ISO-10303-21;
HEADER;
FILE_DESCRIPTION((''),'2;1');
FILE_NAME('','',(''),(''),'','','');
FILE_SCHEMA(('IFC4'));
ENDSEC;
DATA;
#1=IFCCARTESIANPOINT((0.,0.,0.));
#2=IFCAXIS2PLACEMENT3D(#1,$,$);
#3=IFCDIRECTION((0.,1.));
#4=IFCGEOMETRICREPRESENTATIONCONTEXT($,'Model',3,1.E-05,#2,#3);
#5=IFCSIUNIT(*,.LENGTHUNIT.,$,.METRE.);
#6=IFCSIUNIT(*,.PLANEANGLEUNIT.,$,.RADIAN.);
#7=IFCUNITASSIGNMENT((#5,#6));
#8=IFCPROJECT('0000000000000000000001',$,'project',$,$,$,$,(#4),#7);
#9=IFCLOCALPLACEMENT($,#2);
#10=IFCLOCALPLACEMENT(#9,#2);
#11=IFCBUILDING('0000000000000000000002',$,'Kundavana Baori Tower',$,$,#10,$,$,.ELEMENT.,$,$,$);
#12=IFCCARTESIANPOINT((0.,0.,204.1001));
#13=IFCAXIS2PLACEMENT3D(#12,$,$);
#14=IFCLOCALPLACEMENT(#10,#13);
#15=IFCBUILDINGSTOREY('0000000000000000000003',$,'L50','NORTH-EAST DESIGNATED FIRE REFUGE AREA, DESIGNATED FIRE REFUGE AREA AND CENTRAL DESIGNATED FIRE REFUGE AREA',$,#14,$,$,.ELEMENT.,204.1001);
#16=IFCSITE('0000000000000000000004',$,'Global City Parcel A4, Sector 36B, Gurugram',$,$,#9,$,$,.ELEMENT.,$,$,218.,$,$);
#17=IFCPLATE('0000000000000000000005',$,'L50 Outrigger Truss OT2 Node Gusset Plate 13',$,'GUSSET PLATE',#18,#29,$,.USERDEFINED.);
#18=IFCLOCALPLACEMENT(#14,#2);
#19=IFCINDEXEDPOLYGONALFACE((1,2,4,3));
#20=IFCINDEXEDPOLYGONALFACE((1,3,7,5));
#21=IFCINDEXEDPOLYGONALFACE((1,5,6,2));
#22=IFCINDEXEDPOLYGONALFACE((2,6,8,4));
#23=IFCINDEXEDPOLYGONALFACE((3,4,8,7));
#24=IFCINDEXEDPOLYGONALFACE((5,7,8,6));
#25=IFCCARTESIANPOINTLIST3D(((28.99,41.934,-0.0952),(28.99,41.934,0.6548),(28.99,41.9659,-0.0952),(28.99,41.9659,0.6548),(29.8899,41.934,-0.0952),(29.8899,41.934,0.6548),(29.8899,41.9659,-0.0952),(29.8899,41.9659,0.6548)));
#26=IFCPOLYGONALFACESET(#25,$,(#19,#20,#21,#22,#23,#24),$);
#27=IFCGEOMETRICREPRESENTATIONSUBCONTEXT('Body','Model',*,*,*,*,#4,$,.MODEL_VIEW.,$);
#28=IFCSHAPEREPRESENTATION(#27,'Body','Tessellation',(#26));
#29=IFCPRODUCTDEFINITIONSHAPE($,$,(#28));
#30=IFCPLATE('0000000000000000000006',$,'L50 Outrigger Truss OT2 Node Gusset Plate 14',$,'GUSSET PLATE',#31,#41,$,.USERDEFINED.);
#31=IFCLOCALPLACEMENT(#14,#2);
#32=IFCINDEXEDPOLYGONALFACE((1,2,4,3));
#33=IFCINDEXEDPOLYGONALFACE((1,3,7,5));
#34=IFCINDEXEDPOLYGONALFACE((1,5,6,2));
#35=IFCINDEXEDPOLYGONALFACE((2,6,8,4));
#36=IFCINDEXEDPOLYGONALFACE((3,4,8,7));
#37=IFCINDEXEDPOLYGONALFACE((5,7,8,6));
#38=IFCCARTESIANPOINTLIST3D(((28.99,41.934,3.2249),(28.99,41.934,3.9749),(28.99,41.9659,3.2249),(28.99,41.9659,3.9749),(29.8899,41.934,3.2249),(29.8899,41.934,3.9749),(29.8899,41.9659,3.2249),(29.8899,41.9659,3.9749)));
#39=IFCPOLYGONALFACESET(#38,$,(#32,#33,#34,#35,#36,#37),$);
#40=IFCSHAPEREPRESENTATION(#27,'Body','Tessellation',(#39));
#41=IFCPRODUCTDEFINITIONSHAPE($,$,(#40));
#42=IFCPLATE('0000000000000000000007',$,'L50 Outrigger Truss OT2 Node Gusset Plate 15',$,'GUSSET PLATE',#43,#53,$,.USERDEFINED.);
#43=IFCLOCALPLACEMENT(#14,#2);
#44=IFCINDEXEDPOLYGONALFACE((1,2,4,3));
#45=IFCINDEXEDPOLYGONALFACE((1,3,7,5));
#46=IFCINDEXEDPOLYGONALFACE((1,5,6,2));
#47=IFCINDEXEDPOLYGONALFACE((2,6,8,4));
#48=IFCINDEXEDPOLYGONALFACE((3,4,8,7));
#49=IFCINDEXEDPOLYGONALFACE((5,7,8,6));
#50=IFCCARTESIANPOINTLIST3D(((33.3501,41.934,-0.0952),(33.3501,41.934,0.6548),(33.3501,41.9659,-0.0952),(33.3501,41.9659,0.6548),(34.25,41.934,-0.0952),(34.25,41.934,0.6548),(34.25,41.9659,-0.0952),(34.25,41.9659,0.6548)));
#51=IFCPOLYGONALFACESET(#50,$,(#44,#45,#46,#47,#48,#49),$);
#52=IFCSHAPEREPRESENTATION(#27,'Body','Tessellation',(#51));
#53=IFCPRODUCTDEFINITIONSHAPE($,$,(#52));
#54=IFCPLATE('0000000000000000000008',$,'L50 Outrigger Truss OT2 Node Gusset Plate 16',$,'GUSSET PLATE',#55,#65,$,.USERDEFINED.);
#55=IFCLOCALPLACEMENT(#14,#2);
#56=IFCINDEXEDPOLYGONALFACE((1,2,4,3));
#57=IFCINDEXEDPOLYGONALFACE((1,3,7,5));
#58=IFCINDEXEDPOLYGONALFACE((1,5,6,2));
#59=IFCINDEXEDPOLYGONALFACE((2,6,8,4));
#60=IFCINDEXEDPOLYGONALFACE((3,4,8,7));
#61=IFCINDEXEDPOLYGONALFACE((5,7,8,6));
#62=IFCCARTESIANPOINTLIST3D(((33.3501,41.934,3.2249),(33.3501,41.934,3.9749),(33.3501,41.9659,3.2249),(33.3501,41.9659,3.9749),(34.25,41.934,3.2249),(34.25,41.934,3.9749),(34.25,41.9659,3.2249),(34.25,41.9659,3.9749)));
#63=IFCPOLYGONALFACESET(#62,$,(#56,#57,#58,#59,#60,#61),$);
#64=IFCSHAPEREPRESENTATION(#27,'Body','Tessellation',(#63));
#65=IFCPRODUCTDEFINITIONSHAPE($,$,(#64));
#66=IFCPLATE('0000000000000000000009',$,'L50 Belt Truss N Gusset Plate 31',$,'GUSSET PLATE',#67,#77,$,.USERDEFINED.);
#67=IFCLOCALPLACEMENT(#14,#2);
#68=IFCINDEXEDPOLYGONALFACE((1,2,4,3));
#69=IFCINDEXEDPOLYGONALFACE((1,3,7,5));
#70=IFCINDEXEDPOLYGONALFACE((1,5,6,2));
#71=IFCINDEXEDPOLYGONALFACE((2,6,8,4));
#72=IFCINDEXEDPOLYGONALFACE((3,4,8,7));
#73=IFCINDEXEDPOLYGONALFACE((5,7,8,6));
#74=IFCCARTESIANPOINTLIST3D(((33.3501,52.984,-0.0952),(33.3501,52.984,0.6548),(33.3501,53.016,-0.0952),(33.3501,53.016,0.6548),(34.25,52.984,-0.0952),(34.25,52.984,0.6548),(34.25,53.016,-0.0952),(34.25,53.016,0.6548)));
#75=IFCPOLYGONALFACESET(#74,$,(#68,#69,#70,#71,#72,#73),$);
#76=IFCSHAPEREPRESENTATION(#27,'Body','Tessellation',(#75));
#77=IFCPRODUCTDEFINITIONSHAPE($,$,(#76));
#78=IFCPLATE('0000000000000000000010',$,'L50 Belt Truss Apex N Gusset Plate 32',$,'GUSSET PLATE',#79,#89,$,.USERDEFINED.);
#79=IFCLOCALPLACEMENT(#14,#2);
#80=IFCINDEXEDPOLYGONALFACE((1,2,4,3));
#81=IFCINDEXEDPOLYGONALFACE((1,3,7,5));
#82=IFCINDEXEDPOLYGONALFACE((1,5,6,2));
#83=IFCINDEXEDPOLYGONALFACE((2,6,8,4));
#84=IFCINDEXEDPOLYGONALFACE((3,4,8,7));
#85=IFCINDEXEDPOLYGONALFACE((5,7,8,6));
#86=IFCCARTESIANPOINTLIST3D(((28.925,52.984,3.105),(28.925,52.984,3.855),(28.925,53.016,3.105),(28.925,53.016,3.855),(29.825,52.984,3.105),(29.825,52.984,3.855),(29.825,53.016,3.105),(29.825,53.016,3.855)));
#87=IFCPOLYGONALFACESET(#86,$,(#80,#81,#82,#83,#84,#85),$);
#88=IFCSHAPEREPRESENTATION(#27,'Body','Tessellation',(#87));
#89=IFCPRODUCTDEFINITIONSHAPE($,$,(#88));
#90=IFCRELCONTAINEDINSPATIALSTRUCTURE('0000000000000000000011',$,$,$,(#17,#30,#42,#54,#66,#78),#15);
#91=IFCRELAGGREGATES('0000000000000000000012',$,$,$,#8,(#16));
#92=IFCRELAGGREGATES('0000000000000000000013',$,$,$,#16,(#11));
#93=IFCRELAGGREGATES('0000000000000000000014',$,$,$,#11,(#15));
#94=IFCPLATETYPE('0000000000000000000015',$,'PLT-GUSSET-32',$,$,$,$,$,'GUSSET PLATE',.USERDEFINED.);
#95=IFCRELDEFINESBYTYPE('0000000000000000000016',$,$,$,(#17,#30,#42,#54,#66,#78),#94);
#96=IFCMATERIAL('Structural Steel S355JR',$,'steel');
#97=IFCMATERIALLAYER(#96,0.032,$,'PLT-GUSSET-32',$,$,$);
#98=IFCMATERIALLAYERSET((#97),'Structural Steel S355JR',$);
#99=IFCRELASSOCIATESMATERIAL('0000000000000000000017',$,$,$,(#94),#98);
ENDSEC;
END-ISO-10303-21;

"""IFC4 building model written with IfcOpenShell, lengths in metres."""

from ifc_helpers import new_model, si_unit, direction, frame, origin, origin_2d, place, context, subcontext, project, spatial, rectangle, extrude, material, layer, layer_set, type_object, element, save


model = new_model("IFC4")

# Units and contexts
model_context = context("Model", 3, precision=1e-05, world=origin(), true_north=direction((0.0, 1.0)))
body_context = subcontext(model_context, "Body", "Model", "MODEL_VIEW")
ifc_project = project(units=[si_unit("LENGTHUNIT", "METRE"), si_unit("PLANEANGLEUNIT", "RADIAN")], contexts=[model_context])

# Site, building, storey
site_placement = place(None, origin())
site = spatial("IfcSite", under=ifc_project, at=site_placement, Name="Global City Parcel A4, Sector 36B, Gurugram", CompositionType="ELEMENT", RefElevation=218.0)
building_placement = place(site_placement, origin())
building = spatial("IfcBuilding", under=site, at=building_placement, Name="Kundavana Baori Tower", CompositionType="ELEMENT")
storey_placement = place(building_placement, frame((0.0, 0.0, 204.1001)))
storey = spatial("IfcBuildingStorey", under=building, at=storey_placement, Name="L50", Description="NORTH-EAST DESIGNATED FIRE REFUGE AREA, DESIGNATED FIRE REFUGE AREA AND CENTRAL DESIGNATED FIRE REFUGE AREA", CompositionType="ELEMENT", Elevation=204.1001)

# Plates
ifc_material_1 = material(Name="Structural Steel S355JR", Category="steel")
ifc_layer = layer(ifc_material_1, 0.032, Name="PLT-GUSSET-32")
ifc_layer_set = layer_set([ifc_layer], Name="Structural Steel S355JR")
plate_type = type_object("IfcPlateType", Name="PLT-GUSSET-32", ElementType="GUSSET PLATE", PredefinedType="USERDEFINED", material=ifc_layer_set)
for number, where, z_axis, x_axis, name in (
    (1, (29.4399, 41.95, -0.0952), (0.0, 0.0, 1.0), (1.0, 0.0, 0.0), "L50 Outrigger Truss OT2 Node Gusset Plate 13"),
    (2, (29.4399, 41.95, 3.2249), (0.0, 0.0, 1.0), (1.0, 0.0, 0.0), "L50 Outrigger Truss OT2 Node Gusset Plate 14"),
    (3, (33.8, 41.95, -0.0952), (0.0, 0.0, 1.0), (1.0, 0.0, 0.0), "L50 Outrigger Truss OT2 Node Gusset Plate 15"),
    (4, (33.8, 41.95, 3.2249), (0.0, 0.0, 1.0), (1.0, 0.0, 0.0), "L50 Outrigger Truss OT2 Node Gusset Plate 16"),
    (5, (33.8, 53.0, -0.0952), (0.0, 0.0, 1.0), (1.0, 0.0, 0.0), "L50 Belt Truss N Gusset Plate 31"),
    (6, (29.375, 53.0, 3.105), (0.0, 0.0, 1.0), (1.0, 0.0, 0.0), "L50 Belt Truss Apex N Gusset Plate 32"),
):
    element("IfcPlate", number, at=place(storey_placement, frame(where, z_axis=z_axis, x_axis=x_axis)), inside=storey, type_object=plate_type, Name=name, ObjectType="GUSSET PLATE", PredefinedType="USERDEFINED", context=body_context, shape_type="SweptSolid", body=[
        extrude(rectangle(XDim=0.8999, YDim=0.032, at=origin_2d()), origin(), (0.0, 0.0, 1.0), 0.75),
    ])

save(model, "model.ifc")
